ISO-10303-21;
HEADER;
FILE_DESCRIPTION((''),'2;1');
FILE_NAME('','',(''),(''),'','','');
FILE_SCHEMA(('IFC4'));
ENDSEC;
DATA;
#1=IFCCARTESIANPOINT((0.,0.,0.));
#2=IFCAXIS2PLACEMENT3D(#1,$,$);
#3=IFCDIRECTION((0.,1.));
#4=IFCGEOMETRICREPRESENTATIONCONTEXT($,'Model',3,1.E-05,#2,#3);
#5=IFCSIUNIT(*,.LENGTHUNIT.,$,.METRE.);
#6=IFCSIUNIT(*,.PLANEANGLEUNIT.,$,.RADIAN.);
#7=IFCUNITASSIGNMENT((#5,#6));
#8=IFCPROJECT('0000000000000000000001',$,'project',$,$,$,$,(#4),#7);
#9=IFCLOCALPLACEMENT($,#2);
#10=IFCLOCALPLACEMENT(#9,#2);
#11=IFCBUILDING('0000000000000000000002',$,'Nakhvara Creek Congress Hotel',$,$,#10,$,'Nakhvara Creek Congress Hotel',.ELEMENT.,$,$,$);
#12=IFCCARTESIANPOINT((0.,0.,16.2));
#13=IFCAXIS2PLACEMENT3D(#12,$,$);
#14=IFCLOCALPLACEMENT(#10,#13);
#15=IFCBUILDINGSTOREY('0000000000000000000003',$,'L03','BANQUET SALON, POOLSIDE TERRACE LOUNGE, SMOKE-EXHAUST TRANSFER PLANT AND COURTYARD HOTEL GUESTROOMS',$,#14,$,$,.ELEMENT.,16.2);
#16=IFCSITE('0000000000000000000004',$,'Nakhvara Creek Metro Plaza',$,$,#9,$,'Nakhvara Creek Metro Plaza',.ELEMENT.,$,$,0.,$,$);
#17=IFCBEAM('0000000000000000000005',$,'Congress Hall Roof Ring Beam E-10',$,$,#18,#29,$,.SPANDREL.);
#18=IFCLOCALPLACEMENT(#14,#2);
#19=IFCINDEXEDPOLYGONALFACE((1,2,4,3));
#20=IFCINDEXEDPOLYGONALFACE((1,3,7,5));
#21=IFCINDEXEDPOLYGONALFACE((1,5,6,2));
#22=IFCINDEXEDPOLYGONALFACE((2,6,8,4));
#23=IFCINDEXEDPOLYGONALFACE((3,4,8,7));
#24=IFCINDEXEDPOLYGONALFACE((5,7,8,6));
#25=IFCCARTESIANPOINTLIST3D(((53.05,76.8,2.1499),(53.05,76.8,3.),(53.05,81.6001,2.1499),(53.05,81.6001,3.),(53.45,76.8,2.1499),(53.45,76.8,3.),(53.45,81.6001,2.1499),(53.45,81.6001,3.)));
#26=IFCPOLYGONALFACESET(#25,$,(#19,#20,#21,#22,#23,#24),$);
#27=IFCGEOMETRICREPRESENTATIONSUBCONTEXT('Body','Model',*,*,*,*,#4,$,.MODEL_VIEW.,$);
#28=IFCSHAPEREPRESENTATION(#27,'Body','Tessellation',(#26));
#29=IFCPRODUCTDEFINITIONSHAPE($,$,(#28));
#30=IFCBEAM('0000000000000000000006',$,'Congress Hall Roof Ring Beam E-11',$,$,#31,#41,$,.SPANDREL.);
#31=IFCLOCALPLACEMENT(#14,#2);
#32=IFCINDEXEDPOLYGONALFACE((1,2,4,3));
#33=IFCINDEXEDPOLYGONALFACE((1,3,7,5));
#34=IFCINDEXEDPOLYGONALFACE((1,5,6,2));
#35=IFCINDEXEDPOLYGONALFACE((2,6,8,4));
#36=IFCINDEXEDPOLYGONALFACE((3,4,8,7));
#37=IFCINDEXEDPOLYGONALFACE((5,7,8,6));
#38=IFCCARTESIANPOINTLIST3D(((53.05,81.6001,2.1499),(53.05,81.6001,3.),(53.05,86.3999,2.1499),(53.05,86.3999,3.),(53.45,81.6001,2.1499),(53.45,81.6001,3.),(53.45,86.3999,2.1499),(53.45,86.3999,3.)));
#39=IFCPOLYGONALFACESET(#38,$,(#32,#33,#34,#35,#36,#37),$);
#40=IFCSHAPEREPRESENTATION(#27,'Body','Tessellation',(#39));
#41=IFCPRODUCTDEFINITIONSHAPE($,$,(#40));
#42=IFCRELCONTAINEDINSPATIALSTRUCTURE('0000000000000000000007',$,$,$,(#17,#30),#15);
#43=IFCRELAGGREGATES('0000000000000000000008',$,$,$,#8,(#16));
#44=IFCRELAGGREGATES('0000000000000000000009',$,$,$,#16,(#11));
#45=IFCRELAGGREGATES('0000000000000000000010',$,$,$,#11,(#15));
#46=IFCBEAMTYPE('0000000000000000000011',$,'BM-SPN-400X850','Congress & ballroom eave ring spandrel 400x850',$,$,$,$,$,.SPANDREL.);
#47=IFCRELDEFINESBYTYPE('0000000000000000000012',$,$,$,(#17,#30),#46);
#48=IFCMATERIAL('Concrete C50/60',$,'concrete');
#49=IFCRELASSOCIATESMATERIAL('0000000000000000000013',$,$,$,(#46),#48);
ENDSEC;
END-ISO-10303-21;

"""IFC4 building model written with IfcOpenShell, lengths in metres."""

from ifc_helpers import new_model, si_unit, direction, frame, origin, origin_2d, place, context, subcontext, project, spatial, rectangle, extrude, material, material_profile, profile_set, type_object, element, save


model = new_model("IFC4")

# Units and contexts
model_context = context("Model", 3, precision=1e-05, world=origin(), true_north=direction((0.0, 1.0)))
body_context = subcontext(model_context, "Body", "Model", "MODEL_VIEW")
ifc_project = project(units=[si_unit("LENGTHUNIT", "METRE"), si_unit("PLANEANGLEUNIT", "RADIAN")], contexts=[model_context])

# Site, building, storey
site_placement = place(None, origin())
site = spatial("IfcSite", under=ifc_project, at=site_placement, Name="Nakhvara Creek Metro Plaza", LongName="Nakhvara Creek Metro Plaza", CompositionType="ELEMENT", RefElevation=0.0)
building_placement = place(site_placement, origin())
building = spatial("IfcBuilding", under=site, at=building_placement, Name="Nakhvara Creek Congress Hotel", LongName="Nakhvara Creek Congress Hotel", CompositionType="ELEMENT")
storey_placement = place(building_placement, frame((0.0, 0.0, 16.2)))
storey = spatial("IfcBuildingStorey", under=building, at=storey_placement, Name="L03", Description="BANQUET SALON, POOLSIDE TERRACE LOUNGE, SMOKE-EXHAUST TRANSFER PLANT AND COURTYARD HOTEL GUESTROOMS", CompositionType="ELEMENT", Elevation=16.2)

# Shared definitions
ifc_material = material(Name="Concrete C50/60", Category="concrete")

# Beams
ifc_material_profile_1 = material_profile(ifc_material, rectangle(XDim=0.3999, YDim=0.8501, at=origin_2d()), Name="RC-SPANDREL 400x850", Category="LoadBearing")
ifc_profile_set_1 = profile_set([ifc_material_profile_1], Name="Concrete C50/60")
beam_type = type_object("IfcBeamType", Name="BM-SPN-400X850", Description="Congress & ballroom eave ring spandrel 400x850", PredefinedType="SPANDREL", material=ifc_profile_set_1)
for number, where, z_axis, x_axis, name in (
    (1, (53.25, 76.8, 2.575), (0.0, 1.0, 0.0), (-1.0, 0.0, 0.0), "Congress Hall Roof Ring Beam E-10"),
):
    element("IfcBeam", number, at=place(storey_placement, frame(where, z_axis=z_axis, x_axis=x_axis)), inside=storey, type_object=beam_type, Name=name, PredefinedType="SPANDREL", context=body_context, shape_type="SweptSolid", body=[
        extrude(rectangle(XDim=0.3999, YDim=0.8501, at=origin_2d()), origin(), (0.0, 0.0, 1.0), 4.8),
    ])
beam_1_placement = place(storey_placement, frame((53.25, 81.6001, 2.575), z_axis=(0.0, 1.0, 0.0), x_axis=(-1.0, 0.0, 0.0)))
element("IfcBeam", 2, at=beam_1_placement, inside=storey, type_object=beam_type, Name="Congress Hall Roof Ring Beam E-11", PredefinedType="SPANDREL", context=body_context, shape_type="SweptSolid", body=[
    extrude(rectangle(XDim=0.3999, YDim=0.8501, at=origin_2d()), origin(), (0.0, 0.0, 1.0), 4.7998),
])

save(model, "model.ifc")
